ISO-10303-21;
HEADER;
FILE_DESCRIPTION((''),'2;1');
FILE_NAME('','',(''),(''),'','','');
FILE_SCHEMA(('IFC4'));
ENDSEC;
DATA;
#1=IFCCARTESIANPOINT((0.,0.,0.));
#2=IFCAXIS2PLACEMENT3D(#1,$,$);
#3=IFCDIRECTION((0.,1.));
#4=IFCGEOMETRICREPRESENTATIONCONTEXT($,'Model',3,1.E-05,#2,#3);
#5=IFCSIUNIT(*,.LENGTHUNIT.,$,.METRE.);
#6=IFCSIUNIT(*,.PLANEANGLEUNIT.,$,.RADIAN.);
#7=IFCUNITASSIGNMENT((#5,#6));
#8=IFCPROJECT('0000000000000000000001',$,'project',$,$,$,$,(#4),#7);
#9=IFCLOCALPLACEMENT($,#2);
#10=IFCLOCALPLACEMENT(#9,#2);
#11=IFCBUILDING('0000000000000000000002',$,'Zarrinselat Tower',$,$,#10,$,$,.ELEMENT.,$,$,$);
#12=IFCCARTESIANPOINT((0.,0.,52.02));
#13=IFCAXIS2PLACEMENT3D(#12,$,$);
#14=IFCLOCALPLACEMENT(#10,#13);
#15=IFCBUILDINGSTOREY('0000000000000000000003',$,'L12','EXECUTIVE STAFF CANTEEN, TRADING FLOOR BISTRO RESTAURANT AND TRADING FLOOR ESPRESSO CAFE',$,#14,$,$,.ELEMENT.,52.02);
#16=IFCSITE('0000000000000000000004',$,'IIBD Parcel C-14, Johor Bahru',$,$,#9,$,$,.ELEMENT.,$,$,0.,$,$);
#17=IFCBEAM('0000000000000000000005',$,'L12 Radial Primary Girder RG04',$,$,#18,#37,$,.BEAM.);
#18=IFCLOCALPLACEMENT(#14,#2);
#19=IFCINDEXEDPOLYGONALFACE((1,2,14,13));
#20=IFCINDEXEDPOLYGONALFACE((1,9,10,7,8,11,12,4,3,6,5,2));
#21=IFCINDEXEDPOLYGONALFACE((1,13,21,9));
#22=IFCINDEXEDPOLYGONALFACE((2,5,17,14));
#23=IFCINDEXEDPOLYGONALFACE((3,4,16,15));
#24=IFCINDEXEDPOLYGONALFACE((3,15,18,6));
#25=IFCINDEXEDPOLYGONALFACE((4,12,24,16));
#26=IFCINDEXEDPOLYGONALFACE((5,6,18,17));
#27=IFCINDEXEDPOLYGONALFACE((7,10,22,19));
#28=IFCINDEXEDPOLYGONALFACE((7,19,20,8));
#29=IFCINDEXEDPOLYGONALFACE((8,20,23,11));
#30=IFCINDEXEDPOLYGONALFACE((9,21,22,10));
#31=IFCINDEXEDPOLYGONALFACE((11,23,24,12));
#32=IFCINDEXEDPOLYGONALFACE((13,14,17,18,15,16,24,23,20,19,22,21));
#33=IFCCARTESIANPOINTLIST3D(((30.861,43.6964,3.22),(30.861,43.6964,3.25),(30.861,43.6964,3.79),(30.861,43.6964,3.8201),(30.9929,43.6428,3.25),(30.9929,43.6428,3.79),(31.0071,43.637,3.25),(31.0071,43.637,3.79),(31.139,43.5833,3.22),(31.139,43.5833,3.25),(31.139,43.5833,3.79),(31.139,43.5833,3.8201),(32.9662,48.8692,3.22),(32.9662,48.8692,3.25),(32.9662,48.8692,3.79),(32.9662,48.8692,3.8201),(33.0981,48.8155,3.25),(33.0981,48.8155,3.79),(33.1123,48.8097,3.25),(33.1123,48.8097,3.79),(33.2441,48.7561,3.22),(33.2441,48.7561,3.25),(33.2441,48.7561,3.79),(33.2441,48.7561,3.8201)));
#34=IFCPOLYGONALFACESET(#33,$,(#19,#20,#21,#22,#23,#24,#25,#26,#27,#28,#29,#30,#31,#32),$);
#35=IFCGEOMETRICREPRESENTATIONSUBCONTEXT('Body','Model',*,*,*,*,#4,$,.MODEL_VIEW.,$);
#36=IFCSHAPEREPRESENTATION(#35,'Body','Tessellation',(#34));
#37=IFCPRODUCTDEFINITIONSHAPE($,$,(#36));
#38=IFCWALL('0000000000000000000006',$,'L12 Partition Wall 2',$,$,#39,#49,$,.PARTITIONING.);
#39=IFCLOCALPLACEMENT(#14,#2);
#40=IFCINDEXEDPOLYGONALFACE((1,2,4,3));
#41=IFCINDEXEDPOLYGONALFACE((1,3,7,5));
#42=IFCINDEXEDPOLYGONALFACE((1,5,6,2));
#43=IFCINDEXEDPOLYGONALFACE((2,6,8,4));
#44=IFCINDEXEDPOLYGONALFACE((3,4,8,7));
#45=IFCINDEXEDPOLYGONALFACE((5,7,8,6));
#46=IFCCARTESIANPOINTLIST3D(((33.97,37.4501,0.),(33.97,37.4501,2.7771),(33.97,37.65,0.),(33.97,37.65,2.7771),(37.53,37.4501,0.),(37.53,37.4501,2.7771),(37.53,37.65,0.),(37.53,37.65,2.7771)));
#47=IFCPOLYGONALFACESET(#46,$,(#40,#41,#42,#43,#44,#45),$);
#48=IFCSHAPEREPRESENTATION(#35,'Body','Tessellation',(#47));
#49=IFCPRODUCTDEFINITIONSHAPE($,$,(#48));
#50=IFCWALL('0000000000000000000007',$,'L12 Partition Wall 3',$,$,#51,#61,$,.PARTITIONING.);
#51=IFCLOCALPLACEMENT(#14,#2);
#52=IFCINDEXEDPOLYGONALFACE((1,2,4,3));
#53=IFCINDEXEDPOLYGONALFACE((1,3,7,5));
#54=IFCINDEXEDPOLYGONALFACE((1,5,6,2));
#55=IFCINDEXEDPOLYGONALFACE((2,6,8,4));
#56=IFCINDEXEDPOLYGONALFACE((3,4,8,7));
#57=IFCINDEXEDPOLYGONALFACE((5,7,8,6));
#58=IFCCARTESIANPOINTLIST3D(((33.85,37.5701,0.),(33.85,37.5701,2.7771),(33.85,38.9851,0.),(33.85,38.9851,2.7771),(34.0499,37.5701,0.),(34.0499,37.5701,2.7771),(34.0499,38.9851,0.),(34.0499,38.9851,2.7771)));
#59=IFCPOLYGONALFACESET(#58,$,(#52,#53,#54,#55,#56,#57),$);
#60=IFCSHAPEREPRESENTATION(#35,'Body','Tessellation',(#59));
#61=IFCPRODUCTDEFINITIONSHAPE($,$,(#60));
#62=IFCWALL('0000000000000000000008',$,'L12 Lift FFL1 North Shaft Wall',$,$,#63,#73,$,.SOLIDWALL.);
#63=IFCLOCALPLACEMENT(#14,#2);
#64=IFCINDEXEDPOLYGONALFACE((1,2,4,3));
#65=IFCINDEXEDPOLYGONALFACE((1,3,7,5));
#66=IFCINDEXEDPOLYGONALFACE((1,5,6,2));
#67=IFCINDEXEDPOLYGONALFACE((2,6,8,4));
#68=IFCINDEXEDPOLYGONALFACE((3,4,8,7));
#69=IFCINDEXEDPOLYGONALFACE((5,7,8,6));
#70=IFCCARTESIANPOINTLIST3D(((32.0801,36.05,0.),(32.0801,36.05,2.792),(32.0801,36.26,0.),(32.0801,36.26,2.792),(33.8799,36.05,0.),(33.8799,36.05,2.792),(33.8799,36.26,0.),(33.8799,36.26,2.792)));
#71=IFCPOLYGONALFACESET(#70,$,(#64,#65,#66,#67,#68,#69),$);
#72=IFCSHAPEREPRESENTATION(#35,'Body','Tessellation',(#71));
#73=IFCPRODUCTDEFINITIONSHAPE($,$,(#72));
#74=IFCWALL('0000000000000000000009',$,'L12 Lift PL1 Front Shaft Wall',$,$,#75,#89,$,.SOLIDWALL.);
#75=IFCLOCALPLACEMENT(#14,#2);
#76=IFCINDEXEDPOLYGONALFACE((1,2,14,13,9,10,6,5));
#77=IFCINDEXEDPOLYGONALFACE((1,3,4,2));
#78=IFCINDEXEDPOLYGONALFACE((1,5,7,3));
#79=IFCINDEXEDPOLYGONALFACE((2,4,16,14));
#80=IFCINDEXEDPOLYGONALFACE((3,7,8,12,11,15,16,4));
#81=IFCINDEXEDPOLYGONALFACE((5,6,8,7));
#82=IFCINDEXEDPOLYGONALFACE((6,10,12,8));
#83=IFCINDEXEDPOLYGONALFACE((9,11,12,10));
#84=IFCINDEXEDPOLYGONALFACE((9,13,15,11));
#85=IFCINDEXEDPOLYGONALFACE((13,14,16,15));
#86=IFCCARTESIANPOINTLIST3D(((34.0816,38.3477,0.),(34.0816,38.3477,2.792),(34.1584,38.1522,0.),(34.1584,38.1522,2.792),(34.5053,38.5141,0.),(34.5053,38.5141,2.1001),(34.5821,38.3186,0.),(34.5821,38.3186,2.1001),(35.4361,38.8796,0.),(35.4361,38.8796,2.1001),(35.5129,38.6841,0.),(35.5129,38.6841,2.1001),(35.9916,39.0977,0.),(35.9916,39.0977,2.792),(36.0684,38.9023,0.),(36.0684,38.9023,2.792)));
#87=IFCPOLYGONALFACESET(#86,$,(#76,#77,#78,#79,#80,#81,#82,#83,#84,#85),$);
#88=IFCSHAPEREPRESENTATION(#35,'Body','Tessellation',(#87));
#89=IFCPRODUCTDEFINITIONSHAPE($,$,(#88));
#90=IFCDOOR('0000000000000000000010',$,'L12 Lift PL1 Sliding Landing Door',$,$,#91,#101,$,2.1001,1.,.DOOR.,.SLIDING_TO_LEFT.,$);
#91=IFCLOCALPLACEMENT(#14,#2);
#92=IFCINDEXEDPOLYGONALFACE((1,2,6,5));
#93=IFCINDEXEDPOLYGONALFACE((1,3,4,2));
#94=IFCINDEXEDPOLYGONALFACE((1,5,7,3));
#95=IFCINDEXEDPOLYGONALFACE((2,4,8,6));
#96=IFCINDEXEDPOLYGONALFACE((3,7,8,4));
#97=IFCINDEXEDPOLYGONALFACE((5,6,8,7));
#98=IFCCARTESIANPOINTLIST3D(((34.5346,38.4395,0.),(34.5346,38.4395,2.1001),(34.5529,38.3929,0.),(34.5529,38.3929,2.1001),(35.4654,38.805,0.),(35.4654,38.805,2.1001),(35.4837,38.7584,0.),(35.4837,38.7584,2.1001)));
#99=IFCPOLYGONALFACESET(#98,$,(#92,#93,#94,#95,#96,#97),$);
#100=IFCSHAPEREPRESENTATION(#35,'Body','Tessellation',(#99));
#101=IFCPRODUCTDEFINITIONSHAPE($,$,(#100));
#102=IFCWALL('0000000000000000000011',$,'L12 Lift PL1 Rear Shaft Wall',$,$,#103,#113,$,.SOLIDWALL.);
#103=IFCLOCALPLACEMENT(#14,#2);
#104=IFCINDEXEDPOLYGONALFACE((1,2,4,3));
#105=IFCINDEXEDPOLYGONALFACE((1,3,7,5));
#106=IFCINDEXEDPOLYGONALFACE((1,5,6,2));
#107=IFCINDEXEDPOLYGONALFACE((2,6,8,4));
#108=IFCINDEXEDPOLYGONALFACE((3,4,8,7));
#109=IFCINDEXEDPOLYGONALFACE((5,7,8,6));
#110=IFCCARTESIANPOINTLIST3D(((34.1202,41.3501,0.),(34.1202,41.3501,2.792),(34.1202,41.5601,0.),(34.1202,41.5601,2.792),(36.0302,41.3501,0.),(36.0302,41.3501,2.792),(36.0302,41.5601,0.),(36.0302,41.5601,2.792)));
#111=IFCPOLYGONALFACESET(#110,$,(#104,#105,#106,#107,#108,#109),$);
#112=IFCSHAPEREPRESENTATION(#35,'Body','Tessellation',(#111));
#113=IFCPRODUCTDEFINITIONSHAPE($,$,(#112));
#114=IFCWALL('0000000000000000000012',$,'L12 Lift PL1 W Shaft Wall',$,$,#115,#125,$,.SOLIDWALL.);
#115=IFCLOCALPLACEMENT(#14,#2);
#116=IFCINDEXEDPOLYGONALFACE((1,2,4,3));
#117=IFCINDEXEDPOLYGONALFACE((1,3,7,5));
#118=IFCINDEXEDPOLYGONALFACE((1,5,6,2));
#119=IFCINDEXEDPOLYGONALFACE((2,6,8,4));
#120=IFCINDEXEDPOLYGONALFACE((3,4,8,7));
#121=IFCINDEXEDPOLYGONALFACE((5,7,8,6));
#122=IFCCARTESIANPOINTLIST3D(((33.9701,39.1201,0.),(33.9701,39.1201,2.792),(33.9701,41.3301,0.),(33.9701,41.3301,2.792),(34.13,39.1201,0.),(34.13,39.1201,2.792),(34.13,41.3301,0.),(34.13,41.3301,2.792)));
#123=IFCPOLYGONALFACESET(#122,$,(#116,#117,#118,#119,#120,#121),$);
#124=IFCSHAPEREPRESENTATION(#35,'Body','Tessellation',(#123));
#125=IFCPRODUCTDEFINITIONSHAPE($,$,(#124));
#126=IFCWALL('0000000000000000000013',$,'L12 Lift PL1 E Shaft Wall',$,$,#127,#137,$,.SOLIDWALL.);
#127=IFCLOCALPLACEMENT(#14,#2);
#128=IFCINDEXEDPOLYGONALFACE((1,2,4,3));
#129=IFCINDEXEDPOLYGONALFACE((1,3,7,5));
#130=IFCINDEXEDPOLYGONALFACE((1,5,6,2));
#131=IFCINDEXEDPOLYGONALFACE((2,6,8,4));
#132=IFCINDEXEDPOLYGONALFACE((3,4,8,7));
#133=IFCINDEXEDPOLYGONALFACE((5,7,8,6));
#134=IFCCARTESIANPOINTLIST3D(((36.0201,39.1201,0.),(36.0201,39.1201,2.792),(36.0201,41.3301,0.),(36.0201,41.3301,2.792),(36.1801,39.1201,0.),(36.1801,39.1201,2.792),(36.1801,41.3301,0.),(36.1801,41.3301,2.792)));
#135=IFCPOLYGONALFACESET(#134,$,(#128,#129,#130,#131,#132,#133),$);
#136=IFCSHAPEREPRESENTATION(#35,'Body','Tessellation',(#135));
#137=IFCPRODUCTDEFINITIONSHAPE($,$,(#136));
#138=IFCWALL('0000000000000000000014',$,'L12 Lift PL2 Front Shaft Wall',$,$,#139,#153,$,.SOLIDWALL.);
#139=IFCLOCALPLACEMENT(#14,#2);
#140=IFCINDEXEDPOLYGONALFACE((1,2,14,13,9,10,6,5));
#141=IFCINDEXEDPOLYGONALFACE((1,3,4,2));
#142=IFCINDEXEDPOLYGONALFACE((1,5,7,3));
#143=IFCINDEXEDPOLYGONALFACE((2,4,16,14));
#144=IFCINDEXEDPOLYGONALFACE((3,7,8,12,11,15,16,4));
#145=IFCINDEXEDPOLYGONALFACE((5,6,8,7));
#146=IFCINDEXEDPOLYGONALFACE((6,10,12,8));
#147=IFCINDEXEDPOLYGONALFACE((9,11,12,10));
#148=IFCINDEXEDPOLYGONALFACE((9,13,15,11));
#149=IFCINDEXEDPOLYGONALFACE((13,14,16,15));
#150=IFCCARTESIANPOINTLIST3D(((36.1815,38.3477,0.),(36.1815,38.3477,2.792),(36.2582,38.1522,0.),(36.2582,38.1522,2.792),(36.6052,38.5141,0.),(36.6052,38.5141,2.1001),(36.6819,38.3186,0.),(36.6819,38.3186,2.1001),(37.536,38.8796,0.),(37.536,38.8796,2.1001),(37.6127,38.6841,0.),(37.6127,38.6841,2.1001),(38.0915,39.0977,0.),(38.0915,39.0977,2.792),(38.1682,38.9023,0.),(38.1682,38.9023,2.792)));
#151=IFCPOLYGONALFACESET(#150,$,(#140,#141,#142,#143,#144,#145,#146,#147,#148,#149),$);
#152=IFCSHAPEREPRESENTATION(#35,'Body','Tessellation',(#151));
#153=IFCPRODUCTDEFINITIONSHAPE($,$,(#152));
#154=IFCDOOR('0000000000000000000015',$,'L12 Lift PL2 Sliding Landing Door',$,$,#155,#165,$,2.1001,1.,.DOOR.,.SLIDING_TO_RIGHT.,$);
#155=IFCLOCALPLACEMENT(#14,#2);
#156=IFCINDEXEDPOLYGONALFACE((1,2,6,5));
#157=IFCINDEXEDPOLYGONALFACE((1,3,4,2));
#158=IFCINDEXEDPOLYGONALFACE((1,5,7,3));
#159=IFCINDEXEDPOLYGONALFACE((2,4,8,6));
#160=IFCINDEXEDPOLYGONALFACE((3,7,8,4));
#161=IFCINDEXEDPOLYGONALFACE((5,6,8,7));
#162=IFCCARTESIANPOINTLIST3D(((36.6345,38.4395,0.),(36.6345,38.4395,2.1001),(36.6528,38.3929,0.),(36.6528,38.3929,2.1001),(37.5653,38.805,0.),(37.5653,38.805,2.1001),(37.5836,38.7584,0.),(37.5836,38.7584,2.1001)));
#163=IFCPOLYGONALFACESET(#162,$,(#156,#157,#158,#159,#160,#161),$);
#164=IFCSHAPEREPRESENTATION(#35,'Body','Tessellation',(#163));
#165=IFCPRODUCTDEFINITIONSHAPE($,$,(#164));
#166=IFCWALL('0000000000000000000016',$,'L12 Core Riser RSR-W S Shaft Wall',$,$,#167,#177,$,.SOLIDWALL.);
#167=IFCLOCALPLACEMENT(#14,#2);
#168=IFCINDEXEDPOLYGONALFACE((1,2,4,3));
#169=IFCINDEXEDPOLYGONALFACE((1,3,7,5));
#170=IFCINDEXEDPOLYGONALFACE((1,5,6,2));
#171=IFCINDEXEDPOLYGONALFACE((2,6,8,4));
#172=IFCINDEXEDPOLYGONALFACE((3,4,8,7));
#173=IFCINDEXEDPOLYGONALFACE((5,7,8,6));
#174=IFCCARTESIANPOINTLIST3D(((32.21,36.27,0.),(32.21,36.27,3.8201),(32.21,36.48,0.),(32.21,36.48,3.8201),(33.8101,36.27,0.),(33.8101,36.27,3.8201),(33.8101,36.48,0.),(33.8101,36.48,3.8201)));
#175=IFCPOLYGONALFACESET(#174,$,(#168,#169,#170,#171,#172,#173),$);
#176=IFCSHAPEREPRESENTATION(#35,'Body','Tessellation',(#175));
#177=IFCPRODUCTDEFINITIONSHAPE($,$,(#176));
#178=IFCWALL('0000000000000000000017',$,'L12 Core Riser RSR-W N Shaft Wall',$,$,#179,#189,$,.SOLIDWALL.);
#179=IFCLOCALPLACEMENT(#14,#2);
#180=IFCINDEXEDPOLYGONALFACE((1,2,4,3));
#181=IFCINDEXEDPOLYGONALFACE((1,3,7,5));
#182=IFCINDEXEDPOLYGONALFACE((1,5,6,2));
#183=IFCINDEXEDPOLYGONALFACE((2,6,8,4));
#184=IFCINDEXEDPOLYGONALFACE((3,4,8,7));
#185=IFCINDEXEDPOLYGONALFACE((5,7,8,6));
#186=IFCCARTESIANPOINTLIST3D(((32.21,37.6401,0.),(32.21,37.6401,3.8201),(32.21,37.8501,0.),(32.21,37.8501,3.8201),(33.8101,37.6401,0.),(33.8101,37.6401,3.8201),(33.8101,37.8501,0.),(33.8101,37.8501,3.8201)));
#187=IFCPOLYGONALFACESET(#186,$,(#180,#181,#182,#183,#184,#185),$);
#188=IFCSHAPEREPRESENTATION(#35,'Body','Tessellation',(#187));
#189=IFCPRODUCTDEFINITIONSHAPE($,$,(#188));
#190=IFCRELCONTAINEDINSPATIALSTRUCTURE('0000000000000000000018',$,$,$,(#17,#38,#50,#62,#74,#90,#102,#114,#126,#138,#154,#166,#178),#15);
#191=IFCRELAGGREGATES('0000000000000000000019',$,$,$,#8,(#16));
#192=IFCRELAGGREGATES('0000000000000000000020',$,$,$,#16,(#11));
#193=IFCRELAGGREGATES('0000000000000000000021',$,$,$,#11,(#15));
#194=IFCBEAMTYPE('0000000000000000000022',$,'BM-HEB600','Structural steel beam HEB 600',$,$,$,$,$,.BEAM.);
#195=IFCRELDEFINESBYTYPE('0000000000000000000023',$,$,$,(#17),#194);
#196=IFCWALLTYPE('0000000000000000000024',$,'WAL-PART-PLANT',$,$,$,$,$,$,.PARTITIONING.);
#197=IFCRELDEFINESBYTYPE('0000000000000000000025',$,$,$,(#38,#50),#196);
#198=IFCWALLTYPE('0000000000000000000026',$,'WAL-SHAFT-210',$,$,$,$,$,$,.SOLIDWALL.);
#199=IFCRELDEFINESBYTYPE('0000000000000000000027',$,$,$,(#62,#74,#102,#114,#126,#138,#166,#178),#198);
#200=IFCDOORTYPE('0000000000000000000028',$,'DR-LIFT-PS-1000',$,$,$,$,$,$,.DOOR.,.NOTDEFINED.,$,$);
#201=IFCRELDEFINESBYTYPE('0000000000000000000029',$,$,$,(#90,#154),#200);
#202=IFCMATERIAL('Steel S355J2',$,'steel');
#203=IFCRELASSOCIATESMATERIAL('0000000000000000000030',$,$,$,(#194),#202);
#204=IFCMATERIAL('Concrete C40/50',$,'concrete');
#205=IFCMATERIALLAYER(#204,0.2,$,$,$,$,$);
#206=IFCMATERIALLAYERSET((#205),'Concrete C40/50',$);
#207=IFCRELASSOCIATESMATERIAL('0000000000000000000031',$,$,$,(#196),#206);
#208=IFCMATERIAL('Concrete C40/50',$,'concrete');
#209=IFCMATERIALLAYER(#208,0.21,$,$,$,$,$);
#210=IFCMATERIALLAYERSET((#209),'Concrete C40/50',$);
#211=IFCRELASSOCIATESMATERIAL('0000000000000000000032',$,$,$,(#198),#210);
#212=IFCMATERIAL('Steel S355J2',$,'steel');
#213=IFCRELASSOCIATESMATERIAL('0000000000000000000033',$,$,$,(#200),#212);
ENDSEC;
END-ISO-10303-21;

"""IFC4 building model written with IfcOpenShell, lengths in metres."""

from ifc_helpers import new_model, si_unit, direction, frame, frame_2d, origin, origin_2d, place, context, subcontext, project, spatial, rectangle, i_section, extrude, material, layer, layer_set, material_profile, profile_set, type_object, element, fill, save


model = new_model("IFC4")

# Units and contexts
model_context = context("Model", 3, precision=1e-05, world=origin(), true_north=direction((0.0, 1.0)))
body_context = subcontext(model_context, "Body", "Model", "MODEL_VIEW")
ifc_project = project(units=[si_unit("LENGTHUNIT", "METRE"), si_unit("PLANEANGLEUNIT", "RADIAN")], contexts=[model_context])

# Site, building, storey
site_placement = place(None, origin())
site = spatial("IfcSite", under=ifc_project, at=site_placement, Name="IIBD Parcel C-14, Johor Bahru", CompositionType="ELEMENT", RefElevation=0.0)
building_placement = place(site_placement, origin())
building = spatial("IfcBuilding", under=site, at=building_placement, Name="Zarrinselat Tower", CompositionType="ELEMENT")
storey_placement = place(building_placement, frame((0.0, 0.0, 52.02)))
storey = spatial("IfcBuildingStorey", under=building, at=storey_placement, Name="L12", Description="EXECUTIVE STAFF CANTEEN, TRADING FLOOR BISTRO RESTAURANT AND TRADING FLOOR ESPRESSO CAFE", CompositionType="ELEMENT", Elevation=52.02)

# Beam
ifc_material_1 = material(Name="Steel S355J2", Category="steel")
ifc_material_profile = material_profile(ifc_material_1, i_section(OverallWidth=0.3, OverallDepth=0.6001, WebThickness=0.0154, FlangeThickness=0.03, at=origin_2d()), Name="HEB 600")
ifc_profile_set = profile_set([ifc_material_profile], Name="Steel S355J2")
beam_type = type_object("IfcBeamType", Name="BM-HEB600", Description="Structural steel beam HEB 600", PredefinedType="BEAM", material=ifc_profile_set)
beam_placement = place(storey_placement, frame((31.0, 43.6399, 3.52), z_axis=(0.376954, 0.926232, 0.0), x_axis=(-0.926232, 0.376954, 0.0)))
element("IfcBeam", 1, at=beam_placement, inside=storey, type_object=beam_type, Name="L12 Radial Primary Girder RG04", PredefinedType="BEAM", context=body_context, shape_type="SweptSolid", body=[
    extrude(i_section(OverallWidth=0.3, OverallDepth=0.6001, WebThickness=0.0154, FlangeThickness=0.03, at=origin_2d()), origin(), (0.0, 0.0, 1.0), 5.5847),
])

# Walls
ifc_material_2 = material(Name="Concrete C40/50", Category="concrete")
ifc_layer_1 = layer(ifc_material_2, 0.2)
ifc_layer_set_1 = layer_set([ifc_layer_1], Name="Concrete C40/50")
wall_type_1 = type_object("IfcWallType", Name="WAL-PART-PLANT", PredefinedType="PARTITIONING", material=ifc_layer_set_1)
wall_1_placement = place(storey_placement, frame((33.97, 37.55, 0.0), z_axis=(0.0, 0.0, 1.0), x_axis=(1.0, 0.0, 0.0)))
element("IfcWall", 2, at=wall_1_placement, inside=storey, type_object=wall_type_1, Name="L12 Partition Wall 2", PredefinedType="PARTITIONING", context=body_context, shape_type="SweptSolid", body=[
    extrude(rectangle(XDim=3.5601, YDim=0.2, at=frame_2d((1.78, 0.0))), origin(), (0.0, 0.0, 1.0), 2.7771),
])
wall_2_placement = place(storey_placement, frame((33.95, 37.5701, 0.0), z_axis=(0.0, 0.0, 1.0), x_axis=(0.0, 1.0, 0.0)))
element("IfcWall", 3, at=wall_2_placement, inside=storey, type_object=wall_type_1, Name="L12 Partition Wall 3", PredefinedType="PARTITIONING", context=body_context, shape_type="SweptSolid", body=[
    extrude(rectangle(XDim=1.415, YDim=0.2, at=frame_2d((0.7075, 0.0))), origin(), (0.0, 0.0, 1.0), 2.7771),
])
ifc_material_3 = material(Name="Concrete C40/50", Category="concrete")
ifc_layer_2 = layer(ifc_material_3, 0.21)
ifc_layer_set_2 = layer_set([ifc_layer_2], Name="Concrete C40/50")
wall_type_2 = type_object("IfcWallType", Name="WAL-SHAFT-210", PredefinedType="SOLIDWALL", material=ifc_layer_set_2)
wall_3_placement = place(storey_placement, frame((32.0801, 36.155, 0.0), z_axis=(0.0, 0.0, 1.0), x_axis=(1.0, 0.0, 0.0)))
element("IfcWall", 4, at=wall_3_placement, inside=storey, type_object=wall_type_2, Name="L12 Lift FFL1 North Shaft Wall", PredefinedType="SOLIDWALL", context=body_context, shape_type="SweptSolid", body=[
    extrude(rectangle(XDim=1.7998, YDim=0.21, at=frame_2d((0.8999, 0.0))), origin(), (0.0, 0.0, 1.0), 2.792),
])

# Wall, opening, door
wall_4_placement = place(storey_placement, frame((34.1201, 38.25, 0.0), z_axis=(0.0, 0.0, 1.0), x_axis=(0.930805, 0.365516, 0.0)))
wall_4 = element("IfcWall", 5, at=wall_4_placement, inside=storey, type_object=wall_type_2, Name="L12 Lift PL1 Front Shaft Wall", PredefinedType="SOLIDWALL", context=body_context, shape_type="SweptSolid", body=[
    extrude(rectangle(XDim=2.052, YDim=0.21, at=frame_2d((1.0259, 0.0))), origin(), (0.0, 0.0, 1.0), 2.792),
])
opening_1_placement = place(wall_4_placement, frame((0.4551, 0.0, 0.0)))
opening_1 = element("IfcOpeningElement", 6, at=opening_1_placement, cuts=wall_4, PredefinedType="OPENING", context=body_context, shape_type="SweptSolid", body=[
    extrude(rectangle(XDim=1.0, YDim=2.1001, at=frame_2d((0.5, 1.05))), frame((0.0, 0.115, 0.0), z_axis=(0.0, -1.0, 0.0), x_axis=(1.0, 0.0, 0.0)), (0.0, 0.0, 1.0), 0.23),
])
ifc_material_4 = material(Name="Steel S355J2", Category="steel")
door_type = type_object("IfcDoorType", Name="DR-LIFT-PS-1000", OperationType="NOTDEFINED", PredefinedType="DOOR", material=ifc_material_4)
door_1_placement = place(opening_1_placement, origin())
door_1 = element("IfcDoor", 7, at=door_1_placement, inside=storey, type_object=door_type, Name="L12 Lift PL1 Sliding Landing Door", OperationType="SLIDING_TO_LEFT", OverallHeight=2.1001, OverallWidth=1.0, PredefinedType="DOOR", context=body_context, shape_type="SweptSolid", body=[
    extrude(rectangle(XDim=1.0, YDim=2.1001, at=frame_2d((0.5, 1.05))), frame((0.0, 0.0249, 0.0), z_axis=(0.0, -1.0, 0.0), x_axis=(1.0, 0.0, 0.0)), (0.0, 0.0, 1.0), 0.05),
])
fill(opening_1, door_1)

# Walls
wall_5_placement = place(storey_placement, frame((34.1201, 41.4551, 0.0), z_axis=(0.0, 0.0, 1.0), x_axis=(1.0, 0.0, 0.0)))
element("IfcWall", 8, at=wall_5_placement, inside=storey, type_object=wall_type_2, Name="L12 Lift PL1 Rear Shaft Wall", PredefinedType="SOLIDWALL", context=body_context, shape_type="SweptSolid", body=[
    extrude(rectangle(XDim=1.9099, YDim=0.21, at=frame_2d((0.9551, 0.0))), origin(), (0.0, 0.0, 1.0), 2.792),
])
for number, where, z_axis, x_axis, name in (
    (9, (34.05, 39.1201, 0.0), (0.0, 0.0, 1.0), (0.0, 1.0, 0.0), "L12 Lift PL1 W Shaft Wall"),
    (10, (36.1001, 39.1201, 0.0), (0.0, 0.0, 1.0), (0.0, 1.0, 0.0), "L12 Lift PL1 E Shaft Wall"),
):
    element("IfcWall", number, at=place(storey_placement, frame(where, z_axis=z_axis, x_axis=x_axis)), inside=storey, type_object=wall_type_2, Name=name, PredefinedType="SOLIDWALL", context=body_context, shape_type="SweptSolid", body=[
        extrude(rectangle(XDim=2.21, YDim=0.1599, at=frame_2d((1.105, 0.0))), origin(), (0.0, 0.0, 1.0), 2.792),
    ])

# Wall, opening, door
wall_6_placement = place(storey_placement, frame((36.22, 38.25, 0.0), z_axis=(0.0, 0.0, 1.0), x_axis=(0.930805, 0.365516, 0.0)))
wall_6 = element("IfcWall", 11, at=wall_6_placement, inside=storey, type_object=wall_type_2, Name="L12 Lift PL2 Front Shaft Wall", PredefinedType="SOLIDWALL", context=body_context, shape_type="SweptSolid", body=[
    extrude(rectangle(XDim=2.052, YDim=0.21, at=frame_2d((1.0259, 0.0))), origin(), (0.0, 0.0, 1.0), 2.792),
])
opening_2_placement = place(wall_6_placement, frame((0.4551, 0.0, 0.0)))
opening_2 = element("IfcOpeningElement", 12, at=opening_2_placement, cuts=wall_6, PredefinedType="OPENING", context=body_context, shape_type="SweptSolid", body=[
    extrude(rectangle(XDim=1.0, YDim=2.1001, at=frame_2d((0.5, 1.05))), frame((0.0, 0.115, 0.0), z_axis=(0.0, -1.0, 0.0), x_axis=(1.0, 0.0, 0.0)), (0.0, 0.0, 1.0), 0.23),
])
door_2_placement = place(opening_2_placement, origin())
door_2 = element("IfcDoor", 13, at=door_2_placement, inside=storey, type_object=door_type, Name="L12 Lift PL2 Sliding Landing Door", OperationType="SLIDING_TO_RIGHT", OverallHeight=2.1001, OverallWidth=1.0, PredefinedType="DOOR", context=body_context, shape_type="SweptSolid", body=[
    extrude(rectangle(XDim=1.0, YDim=2.1001, at=frame_2d((0.5, 1.05))), frame((0.0, 0.0249, 0.0), z_axis=(0.0, -1.0, 0.0), x_axis=(1.0, 0.0, 0.0)), (0.0, 0.0, 1.0), 0.05),
])
fill(opening_2, door_2)

# Walls
for number, where, z_axis, x_axis, name in (
    (14, (32.21, 36.375, 0.0), (0.0, 0.0, 1.0), (1.0, 0.0, 0.0), "L12 Core Riser RSR-W S Shaft Wall"),
    (15, (32.21, 37.7451, 0.0), (0.0, 0.0, 1.0), (1.0, 0.0, 0.0), "L12 Core Riser RSR-W N Shaft Wall"),
):
    element("IfcWall", number, at=place(storey_placement, frame(where, z_axis=z_axis, x_axis=x_axis)), inside=storey, type_object=wall_type_2, Name=name, PredefinedType="SOLIDWALL", context=body_context, shape_type="SweptSolid", body=[
        extrude(rectangle(XDim=1.6001, YDim=0.21, at=frame_2d((0.8, 0.0))), origin(), (0.0, 0.0, 1.0), 3.8201),
    ])

save(model, "model.ifc")
